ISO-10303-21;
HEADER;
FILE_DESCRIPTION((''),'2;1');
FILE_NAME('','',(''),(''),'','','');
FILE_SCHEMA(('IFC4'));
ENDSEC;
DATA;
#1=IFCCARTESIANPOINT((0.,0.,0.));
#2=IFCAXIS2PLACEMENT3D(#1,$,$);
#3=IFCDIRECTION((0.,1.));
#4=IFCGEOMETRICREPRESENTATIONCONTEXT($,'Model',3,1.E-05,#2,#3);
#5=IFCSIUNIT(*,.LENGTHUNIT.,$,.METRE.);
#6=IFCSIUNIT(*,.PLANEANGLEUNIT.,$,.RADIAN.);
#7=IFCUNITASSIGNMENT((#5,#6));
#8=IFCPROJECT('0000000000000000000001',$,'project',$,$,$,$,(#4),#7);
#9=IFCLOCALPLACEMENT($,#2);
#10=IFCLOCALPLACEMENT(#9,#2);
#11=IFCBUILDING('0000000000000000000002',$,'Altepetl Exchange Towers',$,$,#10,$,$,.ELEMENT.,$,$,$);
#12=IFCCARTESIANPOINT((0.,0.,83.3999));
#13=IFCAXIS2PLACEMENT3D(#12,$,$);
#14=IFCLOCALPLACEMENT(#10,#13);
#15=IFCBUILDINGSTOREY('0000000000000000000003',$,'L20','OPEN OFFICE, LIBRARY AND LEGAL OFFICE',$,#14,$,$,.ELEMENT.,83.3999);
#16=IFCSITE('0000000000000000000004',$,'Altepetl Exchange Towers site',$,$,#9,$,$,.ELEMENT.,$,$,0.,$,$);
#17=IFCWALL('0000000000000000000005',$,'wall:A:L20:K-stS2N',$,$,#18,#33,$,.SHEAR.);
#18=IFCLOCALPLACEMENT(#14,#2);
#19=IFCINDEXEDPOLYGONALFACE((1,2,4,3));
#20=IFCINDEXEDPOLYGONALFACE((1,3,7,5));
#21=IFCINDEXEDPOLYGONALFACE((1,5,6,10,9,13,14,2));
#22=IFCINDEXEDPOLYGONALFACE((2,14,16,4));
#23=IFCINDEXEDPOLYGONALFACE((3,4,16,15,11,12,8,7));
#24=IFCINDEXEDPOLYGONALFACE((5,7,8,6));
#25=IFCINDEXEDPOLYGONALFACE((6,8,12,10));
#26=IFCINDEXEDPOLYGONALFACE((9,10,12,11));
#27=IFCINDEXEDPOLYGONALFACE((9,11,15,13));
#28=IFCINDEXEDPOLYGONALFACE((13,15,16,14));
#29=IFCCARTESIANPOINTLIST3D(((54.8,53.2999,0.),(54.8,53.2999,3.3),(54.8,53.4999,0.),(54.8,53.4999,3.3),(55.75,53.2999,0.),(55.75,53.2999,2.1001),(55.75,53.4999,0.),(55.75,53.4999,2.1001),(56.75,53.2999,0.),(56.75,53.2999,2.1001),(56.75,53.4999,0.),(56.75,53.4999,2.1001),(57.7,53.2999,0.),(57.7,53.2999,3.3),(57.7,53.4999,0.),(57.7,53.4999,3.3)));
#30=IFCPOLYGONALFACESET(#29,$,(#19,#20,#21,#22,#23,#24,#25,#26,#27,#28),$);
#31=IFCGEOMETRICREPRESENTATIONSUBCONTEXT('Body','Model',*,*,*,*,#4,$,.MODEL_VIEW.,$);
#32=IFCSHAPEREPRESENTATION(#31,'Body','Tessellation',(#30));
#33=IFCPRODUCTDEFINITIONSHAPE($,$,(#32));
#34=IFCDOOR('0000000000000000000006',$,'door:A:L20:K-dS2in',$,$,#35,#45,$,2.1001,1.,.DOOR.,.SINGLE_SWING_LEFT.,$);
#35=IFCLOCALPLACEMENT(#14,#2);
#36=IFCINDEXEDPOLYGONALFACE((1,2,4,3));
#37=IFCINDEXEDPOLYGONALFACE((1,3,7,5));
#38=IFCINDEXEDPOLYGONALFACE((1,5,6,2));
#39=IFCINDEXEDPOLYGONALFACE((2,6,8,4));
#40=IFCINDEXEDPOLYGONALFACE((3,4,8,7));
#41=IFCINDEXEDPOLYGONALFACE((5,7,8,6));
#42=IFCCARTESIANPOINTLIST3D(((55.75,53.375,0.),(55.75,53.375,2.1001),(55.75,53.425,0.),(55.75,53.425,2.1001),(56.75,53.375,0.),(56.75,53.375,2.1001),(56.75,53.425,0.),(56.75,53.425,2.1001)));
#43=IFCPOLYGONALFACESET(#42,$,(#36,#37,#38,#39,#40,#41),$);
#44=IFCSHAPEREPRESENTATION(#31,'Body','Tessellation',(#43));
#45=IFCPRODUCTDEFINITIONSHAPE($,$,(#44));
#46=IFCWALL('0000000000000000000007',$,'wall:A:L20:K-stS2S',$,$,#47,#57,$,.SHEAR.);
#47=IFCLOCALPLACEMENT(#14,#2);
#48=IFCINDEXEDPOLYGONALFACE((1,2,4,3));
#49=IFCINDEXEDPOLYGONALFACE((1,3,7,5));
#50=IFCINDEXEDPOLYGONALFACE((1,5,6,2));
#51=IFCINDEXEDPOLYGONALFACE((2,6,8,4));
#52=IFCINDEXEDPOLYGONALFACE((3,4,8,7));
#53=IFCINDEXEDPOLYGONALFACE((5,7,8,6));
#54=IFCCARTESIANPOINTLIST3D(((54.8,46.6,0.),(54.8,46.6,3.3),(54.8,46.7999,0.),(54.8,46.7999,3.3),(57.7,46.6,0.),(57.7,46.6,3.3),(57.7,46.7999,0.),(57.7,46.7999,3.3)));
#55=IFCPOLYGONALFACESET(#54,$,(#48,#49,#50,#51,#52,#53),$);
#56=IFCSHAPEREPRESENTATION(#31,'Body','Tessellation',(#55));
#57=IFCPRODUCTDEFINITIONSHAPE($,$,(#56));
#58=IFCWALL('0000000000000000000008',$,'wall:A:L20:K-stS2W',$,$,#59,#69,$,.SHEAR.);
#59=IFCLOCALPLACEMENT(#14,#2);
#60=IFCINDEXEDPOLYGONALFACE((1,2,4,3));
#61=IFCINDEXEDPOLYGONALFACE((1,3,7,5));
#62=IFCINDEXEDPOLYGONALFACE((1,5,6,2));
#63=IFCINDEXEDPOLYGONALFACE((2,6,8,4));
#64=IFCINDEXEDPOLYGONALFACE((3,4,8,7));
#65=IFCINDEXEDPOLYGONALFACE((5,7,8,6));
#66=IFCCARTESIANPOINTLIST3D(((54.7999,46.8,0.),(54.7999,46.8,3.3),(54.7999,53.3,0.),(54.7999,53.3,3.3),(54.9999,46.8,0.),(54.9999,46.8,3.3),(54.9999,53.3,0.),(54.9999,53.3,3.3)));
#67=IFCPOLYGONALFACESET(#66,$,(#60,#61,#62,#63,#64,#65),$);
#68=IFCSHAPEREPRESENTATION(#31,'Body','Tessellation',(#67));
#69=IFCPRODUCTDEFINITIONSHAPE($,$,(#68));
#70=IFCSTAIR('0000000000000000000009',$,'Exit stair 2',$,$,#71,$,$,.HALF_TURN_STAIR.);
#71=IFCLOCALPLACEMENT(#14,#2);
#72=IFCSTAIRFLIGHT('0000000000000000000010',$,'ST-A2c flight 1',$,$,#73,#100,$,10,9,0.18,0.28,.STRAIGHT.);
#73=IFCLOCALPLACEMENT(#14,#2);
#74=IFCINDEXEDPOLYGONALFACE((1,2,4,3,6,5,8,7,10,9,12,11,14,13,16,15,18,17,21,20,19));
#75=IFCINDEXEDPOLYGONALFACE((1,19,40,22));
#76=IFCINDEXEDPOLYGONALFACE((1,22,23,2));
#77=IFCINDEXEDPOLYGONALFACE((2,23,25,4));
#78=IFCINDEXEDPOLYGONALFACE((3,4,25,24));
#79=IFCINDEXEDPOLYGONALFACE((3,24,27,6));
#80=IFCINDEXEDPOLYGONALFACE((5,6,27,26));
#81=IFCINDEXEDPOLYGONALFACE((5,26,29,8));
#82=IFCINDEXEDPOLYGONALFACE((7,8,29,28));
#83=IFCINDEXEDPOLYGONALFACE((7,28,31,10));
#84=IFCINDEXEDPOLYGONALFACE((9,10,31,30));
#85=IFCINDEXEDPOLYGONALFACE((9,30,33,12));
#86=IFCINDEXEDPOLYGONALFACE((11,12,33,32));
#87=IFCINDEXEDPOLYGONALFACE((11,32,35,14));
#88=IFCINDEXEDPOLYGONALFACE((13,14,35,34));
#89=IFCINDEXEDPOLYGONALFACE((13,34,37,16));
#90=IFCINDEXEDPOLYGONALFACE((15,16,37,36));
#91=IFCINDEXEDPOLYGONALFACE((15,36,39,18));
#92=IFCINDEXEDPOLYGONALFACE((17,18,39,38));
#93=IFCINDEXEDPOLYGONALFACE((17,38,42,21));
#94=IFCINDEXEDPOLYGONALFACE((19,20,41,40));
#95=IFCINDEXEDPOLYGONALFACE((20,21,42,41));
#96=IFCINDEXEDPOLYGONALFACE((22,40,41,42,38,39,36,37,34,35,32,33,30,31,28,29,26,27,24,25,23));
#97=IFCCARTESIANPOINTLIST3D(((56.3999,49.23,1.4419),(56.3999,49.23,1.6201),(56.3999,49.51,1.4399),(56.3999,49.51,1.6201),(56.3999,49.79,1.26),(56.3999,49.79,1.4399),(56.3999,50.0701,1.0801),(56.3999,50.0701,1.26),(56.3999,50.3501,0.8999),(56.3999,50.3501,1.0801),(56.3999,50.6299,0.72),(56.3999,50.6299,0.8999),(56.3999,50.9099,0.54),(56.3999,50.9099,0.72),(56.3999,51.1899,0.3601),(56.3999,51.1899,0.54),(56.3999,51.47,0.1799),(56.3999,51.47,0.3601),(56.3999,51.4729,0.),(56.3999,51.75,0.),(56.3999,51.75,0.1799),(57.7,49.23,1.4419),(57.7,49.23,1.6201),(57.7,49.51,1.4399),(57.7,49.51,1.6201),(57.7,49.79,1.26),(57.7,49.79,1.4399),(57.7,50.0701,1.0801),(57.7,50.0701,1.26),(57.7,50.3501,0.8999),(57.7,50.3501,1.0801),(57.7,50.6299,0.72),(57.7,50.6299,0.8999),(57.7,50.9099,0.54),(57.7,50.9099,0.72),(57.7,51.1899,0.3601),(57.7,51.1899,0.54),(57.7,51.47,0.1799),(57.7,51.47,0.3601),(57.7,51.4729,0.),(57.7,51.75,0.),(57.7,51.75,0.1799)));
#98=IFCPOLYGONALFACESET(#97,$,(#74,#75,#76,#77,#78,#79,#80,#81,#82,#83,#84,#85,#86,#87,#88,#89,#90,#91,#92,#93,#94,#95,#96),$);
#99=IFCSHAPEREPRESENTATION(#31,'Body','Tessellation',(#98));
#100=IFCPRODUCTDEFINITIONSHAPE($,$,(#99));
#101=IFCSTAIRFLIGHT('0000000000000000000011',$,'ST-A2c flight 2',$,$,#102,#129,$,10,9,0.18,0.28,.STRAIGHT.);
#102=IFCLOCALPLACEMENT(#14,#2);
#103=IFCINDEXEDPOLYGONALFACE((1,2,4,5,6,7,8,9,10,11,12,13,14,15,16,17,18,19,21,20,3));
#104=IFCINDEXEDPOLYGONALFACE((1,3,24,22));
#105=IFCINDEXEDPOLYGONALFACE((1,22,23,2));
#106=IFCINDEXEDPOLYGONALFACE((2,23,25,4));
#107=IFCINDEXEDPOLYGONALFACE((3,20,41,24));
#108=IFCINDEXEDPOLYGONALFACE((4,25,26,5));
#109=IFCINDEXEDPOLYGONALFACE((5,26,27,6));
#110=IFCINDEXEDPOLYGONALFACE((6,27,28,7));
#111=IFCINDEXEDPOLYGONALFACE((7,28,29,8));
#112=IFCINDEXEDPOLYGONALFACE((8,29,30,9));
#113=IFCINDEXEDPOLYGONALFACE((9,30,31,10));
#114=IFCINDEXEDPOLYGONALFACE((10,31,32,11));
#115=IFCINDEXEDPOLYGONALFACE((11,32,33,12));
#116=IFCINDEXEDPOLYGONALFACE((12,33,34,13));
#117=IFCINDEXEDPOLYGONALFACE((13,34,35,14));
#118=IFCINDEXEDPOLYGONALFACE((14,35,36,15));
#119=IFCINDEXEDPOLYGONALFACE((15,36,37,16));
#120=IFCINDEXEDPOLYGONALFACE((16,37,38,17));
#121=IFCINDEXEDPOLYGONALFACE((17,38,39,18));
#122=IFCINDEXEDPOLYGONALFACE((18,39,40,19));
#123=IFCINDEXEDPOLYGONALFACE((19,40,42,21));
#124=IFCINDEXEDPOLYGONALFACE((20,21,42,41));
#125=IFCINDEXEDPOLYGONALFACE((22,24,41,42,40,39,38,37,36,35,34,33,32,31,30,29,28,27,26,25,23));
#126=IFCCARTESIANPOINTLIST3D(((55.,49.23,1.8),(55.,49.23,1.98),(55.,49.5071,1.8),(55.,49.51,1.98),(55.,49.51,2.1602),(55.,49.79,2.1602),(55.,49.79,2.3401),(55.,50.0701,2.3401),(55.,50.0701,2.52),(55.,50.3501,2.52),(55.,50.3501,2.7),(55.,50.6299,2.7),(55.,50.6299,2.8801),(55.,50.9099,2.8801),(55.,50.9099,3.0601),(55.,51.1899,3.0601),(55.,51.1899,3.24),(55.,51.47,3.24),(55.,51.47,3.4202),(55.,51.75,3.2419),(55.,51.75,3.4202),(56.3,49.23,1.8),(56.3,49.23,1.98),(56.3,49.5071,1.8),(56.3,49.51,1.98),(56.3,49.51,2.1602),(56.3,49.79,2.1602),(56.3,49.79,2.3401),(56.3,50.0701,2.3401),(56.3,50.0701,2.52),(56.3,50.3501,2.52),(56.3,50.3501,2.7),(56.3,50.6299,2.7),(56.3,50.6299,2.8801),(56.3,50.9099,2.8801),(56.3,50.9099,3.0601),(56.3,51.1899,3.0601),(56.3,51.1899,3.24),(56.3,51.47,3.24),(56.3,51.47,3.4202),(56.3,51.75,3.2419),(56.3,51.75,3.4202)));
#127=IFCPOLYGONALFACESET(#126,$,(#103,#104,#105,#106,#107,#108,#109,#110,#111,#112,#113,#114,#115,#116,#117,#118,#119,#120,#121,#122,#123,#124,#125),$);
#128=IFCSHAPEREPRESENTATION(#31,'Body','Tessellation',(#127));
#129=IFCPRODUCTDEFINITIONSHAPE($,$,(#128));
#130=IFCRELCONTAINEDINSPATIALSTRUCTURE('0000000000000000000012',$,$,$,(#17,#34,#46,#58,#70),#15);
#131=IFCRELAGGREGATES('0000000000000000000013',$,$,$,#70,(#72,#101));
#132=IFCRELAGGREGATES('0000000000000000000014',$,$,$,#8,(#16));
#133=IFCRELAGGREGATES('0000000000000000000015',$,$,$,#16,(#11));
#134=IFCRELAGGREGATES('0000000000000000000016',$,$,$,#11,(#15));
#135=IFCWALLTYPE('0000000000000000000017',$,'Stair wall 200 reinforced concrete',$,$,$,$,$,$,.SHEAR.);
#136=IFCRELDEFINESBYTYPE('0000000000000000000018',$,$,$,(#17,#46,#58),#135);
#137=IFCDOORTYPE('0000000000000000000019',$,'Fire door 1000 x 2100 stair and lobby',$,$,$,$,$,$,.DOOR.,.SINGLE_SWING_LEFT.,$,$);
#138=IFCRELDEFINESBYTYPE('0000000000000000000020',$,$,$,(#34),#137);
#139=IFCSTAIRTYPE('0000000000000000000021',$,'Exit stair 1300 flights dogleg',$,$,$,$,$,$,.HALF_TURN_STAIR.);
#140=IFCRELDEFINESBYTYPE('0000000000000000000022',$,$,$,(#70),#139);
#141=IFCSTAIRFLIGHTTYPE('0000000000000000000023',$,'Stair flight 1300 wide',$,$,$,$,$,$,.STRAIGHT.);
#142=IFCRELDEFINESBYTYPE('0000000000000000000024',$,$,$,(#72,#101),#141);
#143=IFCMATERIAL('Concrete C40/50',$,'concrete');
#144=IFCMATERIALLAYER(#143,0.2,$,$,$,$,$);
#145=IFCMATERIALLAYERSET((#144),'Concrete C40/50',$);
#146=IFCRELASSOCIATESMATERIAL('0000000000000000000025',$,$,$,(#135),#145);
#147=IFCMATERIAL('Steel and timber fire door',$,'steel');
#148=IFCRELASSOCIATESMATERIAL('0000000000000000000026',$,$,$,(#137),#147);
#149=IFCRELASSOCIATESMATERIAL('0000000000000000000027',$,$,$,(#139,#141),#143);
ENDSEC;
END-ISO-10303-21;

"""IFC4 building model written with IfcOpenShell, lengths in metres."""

from ifc_helpers import new_model, si_unit, direction, frame, frame_2d, origin, place, context, subcontext, project, spatial, polyline, rectangle, outline, extrude, material, layer, layer_set, type_object, element, fill, aggregate, save


model = new_model("IFC4")

# Units and contexts
model_context = context("Model", 3, precision=1e-05, world=origin(), true_north=direction((0.0, 1.0)))
body_context = subcontext(model_context, "Body", "Model", "MODEL_VIEW")
ifc_project = project(units=[si_unit("LENGTHUNIT", "METRE"), si_unit("PLANEANGLEUNIT", "RADIAN")], contexts=[model_context])

# Site, building, storey
site_placement = place(None, origin())
site = spatial("IfcSite", under=ifc_project, at=site_placement, Name="Altepetl Exchange Towers site", CompositionType="ELEMENT", RefElevation=0.0)
building_placement = place(site_placement, origin())
building = spatial("IfcBuilding", under=site, at=building_placement, Name="Altepetl Exchange Towers", CompositionType="ELEMENT")
storey_placement = place(building_placement, frame((0.0, 0.0, 83.3999)))
storey = spatial("IfcBuildingStorey", under=building, at=storey_placement, Name="L20", Description="OPEN OFFICE, LIBRARY AND LEGAL OFFICE", CompositionType="ELEMENT", Elevation=83.3999)

# Shared definitions
ifc_material_1 = material(Name="Concrete C40/50", Category="concrete")

# Wall, opening, door
ifc_layer_1 = layer(ifc_material_1, 0.2)
ifc_layer_set_1 = layer_set([ifc_layer_1], Name="Concrete C40/50")
wall_type_1 = type_object("IfcWallType", Name="Stair wall 200 reinforced concrete", PredefinedType="SHEAR", material=ifc_layer_set_1)
wall_1_placement = place(storey_placement, frame((54.8, 53.3999, 0.0)))
wall_1 = element("IfcWall", 1, at=wall_1_placement, inside=storey, type_object=wall_type_1, Name="wall:A:L20:K-stS2N", PredefinedType="SHEAR", context=body_context, shape_type="SweptSolid", body=[
    extrude(rectangle(XDim=2.8999, YDim=0.2, at=frame_2d((1.45, 0.0))), origin(), (0.0, 0.0, 1.0), 3.3),
])
opening_placement = place(wall_1_placement, frame((0.95, 0.0, 0.0)))
opening = element("IfcOpeningElement", 2, at=opening_placement, cuts=wall_1, PredefinedType="OPENING", context=body_context, shape_type="SweptSolid", body=[
    extrude(rectangle(XDim=1.0, YDim=2.1001, at=frame_2d((0.5, 1.05))), frame((0.0, 0.1099, 0.0), z_axis=(0.0, -1.0, 0.0), x_axis=(1.0, 0.0, 0.0)), (0.0, 0.0, 1.0), 0.22),
])
ifc_material_2 = material(Name="Steel and timber fire door", Category="steel")
door_type = type_object("IfcDoorType", Name="Fire door 1000 x 2100 stair and lobby", OperationType="SINGLE_SWING_LEFT", PredefinedType="DOOR", material=ifc_material_2)
door_placement = place(opening_placement, frame((1.0, 0.0, 0.0), x_axis=(-1.0, 0.0, 0.0)))
door = element("IfcDoor", 3, at=door_placement, inside=storey, type_object=door_type, Name="door:A:L20:K-dS2in", OperationType="SINGLE_SWING_LEFT", OverallHeight=2.1001, OverallWidth=1.0, PredefinedType="DOOR", context=body_context, shape_type="SweptSolid", body=[
    extrude(rectangle(XDim=1.0, YDim=2.1001, at=frame_2d((0.5, 1.05))), frame((0.0, 0.0249, 0.0), z_axis=(0.0, -1.0, 0.0), x_axis=(1.0, 0.0, 0.0)), (0.0, 0.0, 1.0), 0.05),
])
fill(opening, door)

# Walls
wall_2_placement = place(storey_placement, frame((54.8, 46.7, 0.0)))
element("IfcWall", 4, at=wall_2_placement, inside=storey, type_object=wall_type_1, Name="wall:A:L20:K-stS2S", PredefinedType="SHEAR", context=body_context, shape_type="SweptSolid", body=[
    extrude(rectangle(XDim=2.8999, YDim=0.2, at=frame_2d((1.45, 0.0))), origin(), (0.0, 0.0, 1.0), 3.3),
])
wall_3_placement = place(storey_placement, frame((54.8999, 46.8, 0.0), z_axis=(0.0, 0.0, 1.0), x_axis=(0.0, 1.0, 0.0)))
element("IfcWall", 5, at=wall_3_placement, inside=storey, type_object=wall_type_1, Name="wall:A:L20:K-stS2W", PredefinedType="SHEAR", context=body_context, shape_type="SweptSolid", body=[
    extrude(rectangle(XDim=6.5, YDim=0.2, at=frame_2d((3.25, 0.0))), origin(), (0.0, 0.0, 1.0), 3.3),
])

# Stair, stair flights
stair_type = type_object("IfcStairType", Name="Exit stair 1300 flights dogleg", PredefinedType="HALF_TURN_STAIR", material=ifc_material_1)
stair_placement = place(storey_placement, origin())
stair = element("IfcStair", 6, at=stair_placement, inside=storey, type_object=stair_type, Name="Exit stair 2", PredefinedType="HALF_TURN_STAIR")
stair_flight_type = type_object("IfcStairFlightType", Name="Stair flight 1300 wide", PredefinedType="STRAIGHT", material=ifc_material_1)
stair_flight_1_placement = place(storey_placement, frame((57.05, 51.75, 0.0), z_axis=(0.0, 0.0, 1.0), x_axis=(0.0, -1.0, 0.0)))
stair_flight_1 = element("IfcStairFlight", 7, at=stair_flight_1_placement, type_object=stair_flight_type, Name="ST-A2c flight 1", NumberOfRisers=10, NumberOfTreads=9, PredefinedType="STRAIGHT", RiserHeight=0.18, TreadLength=0.28, context=body_context, shape_type="SweptSolid", body=[
    extrude(outline(polyline([(0.0, 0.0), (0.0, 0.1799), (0.28, 0.1799), (0.28, 0.3601), (0.5601, 0.3601), (0.5601, 0.54), (0.8401, 0.54), (0.8401, 0.72), (1.1201, 0.72), (1.1201, 0.8999), (1.3999, 0.8999), (1.3999, 1.0801), (1.6799, 1.0801), (1.6799, 1.26), (1.96, 1.26), (1.96, 1.4399), (2.24, 1.4399), (2.24, 1.6201), (2.52, 1.6201), (2.52, 1.8), (2.52, 1.4419), (0.2771, 0.0), (0.0, 0.0)])), frame((0.0, 0.6499, 0.0), z_axis=(0.0, -1.0, 0.0), x_axis=(1.0, 0.0, 0.0)), (0.0, 0.0, 1.0), 1.3),
])
stair_flight_2_placement = place(storey_placement, frame((55.6499, 49.23, 1.8), z_axis=(0.0, 0.0, 1.0), x_axis=(0.0, 1.0, 0.0)))
stair_flight_2 = element("IfcStairFlight", 8, at=stair_flight_2_placement, type_object=stair_flight_type, Name="ST-A2c flight 2", NumberOfRisers=10, NumberOfTreads=9, PredefinedType="STRAIGHT", RiserHeight=0.18, TreadLength=0.28, context=body_context, shape_type="SweptSolid", body=[
    extrude(outline(polyline([(0.0, 0.0), (0.0, 0.1799), (0.28, 0.1799), (0.28, 0.3601), (0.5601, 0.3601), (0.5601, 0.54), (0.8401, 0.54), (0.8401, 0.72), (1.1201, 0.72), (1.1201, 0.8999), (1.3999, 0.8999), (1.3999, 1.0801), (1.6799, 1.0801), (1.6799, 1.26), (1.96, 1.26), (1.96, 1.4399), (2.24, 1.4399), (2.24, 1.6201), (2.52, 1.6201), (2.52, 1.8), (2.52, 1.4419), (0.2771, 0.0), (0.0, 0.0)])), frame((0.0, 0.6499, 0.0), z_axis=(0.0, -1.0, 0.0), x_axis=(1.0, 0.0, 0.0)), (0.0, 0.0, 1.0), 1.3),
])
aggregate(stair, [stair_flight_1, stair_flight_2])

save(model, "model.ifc")
